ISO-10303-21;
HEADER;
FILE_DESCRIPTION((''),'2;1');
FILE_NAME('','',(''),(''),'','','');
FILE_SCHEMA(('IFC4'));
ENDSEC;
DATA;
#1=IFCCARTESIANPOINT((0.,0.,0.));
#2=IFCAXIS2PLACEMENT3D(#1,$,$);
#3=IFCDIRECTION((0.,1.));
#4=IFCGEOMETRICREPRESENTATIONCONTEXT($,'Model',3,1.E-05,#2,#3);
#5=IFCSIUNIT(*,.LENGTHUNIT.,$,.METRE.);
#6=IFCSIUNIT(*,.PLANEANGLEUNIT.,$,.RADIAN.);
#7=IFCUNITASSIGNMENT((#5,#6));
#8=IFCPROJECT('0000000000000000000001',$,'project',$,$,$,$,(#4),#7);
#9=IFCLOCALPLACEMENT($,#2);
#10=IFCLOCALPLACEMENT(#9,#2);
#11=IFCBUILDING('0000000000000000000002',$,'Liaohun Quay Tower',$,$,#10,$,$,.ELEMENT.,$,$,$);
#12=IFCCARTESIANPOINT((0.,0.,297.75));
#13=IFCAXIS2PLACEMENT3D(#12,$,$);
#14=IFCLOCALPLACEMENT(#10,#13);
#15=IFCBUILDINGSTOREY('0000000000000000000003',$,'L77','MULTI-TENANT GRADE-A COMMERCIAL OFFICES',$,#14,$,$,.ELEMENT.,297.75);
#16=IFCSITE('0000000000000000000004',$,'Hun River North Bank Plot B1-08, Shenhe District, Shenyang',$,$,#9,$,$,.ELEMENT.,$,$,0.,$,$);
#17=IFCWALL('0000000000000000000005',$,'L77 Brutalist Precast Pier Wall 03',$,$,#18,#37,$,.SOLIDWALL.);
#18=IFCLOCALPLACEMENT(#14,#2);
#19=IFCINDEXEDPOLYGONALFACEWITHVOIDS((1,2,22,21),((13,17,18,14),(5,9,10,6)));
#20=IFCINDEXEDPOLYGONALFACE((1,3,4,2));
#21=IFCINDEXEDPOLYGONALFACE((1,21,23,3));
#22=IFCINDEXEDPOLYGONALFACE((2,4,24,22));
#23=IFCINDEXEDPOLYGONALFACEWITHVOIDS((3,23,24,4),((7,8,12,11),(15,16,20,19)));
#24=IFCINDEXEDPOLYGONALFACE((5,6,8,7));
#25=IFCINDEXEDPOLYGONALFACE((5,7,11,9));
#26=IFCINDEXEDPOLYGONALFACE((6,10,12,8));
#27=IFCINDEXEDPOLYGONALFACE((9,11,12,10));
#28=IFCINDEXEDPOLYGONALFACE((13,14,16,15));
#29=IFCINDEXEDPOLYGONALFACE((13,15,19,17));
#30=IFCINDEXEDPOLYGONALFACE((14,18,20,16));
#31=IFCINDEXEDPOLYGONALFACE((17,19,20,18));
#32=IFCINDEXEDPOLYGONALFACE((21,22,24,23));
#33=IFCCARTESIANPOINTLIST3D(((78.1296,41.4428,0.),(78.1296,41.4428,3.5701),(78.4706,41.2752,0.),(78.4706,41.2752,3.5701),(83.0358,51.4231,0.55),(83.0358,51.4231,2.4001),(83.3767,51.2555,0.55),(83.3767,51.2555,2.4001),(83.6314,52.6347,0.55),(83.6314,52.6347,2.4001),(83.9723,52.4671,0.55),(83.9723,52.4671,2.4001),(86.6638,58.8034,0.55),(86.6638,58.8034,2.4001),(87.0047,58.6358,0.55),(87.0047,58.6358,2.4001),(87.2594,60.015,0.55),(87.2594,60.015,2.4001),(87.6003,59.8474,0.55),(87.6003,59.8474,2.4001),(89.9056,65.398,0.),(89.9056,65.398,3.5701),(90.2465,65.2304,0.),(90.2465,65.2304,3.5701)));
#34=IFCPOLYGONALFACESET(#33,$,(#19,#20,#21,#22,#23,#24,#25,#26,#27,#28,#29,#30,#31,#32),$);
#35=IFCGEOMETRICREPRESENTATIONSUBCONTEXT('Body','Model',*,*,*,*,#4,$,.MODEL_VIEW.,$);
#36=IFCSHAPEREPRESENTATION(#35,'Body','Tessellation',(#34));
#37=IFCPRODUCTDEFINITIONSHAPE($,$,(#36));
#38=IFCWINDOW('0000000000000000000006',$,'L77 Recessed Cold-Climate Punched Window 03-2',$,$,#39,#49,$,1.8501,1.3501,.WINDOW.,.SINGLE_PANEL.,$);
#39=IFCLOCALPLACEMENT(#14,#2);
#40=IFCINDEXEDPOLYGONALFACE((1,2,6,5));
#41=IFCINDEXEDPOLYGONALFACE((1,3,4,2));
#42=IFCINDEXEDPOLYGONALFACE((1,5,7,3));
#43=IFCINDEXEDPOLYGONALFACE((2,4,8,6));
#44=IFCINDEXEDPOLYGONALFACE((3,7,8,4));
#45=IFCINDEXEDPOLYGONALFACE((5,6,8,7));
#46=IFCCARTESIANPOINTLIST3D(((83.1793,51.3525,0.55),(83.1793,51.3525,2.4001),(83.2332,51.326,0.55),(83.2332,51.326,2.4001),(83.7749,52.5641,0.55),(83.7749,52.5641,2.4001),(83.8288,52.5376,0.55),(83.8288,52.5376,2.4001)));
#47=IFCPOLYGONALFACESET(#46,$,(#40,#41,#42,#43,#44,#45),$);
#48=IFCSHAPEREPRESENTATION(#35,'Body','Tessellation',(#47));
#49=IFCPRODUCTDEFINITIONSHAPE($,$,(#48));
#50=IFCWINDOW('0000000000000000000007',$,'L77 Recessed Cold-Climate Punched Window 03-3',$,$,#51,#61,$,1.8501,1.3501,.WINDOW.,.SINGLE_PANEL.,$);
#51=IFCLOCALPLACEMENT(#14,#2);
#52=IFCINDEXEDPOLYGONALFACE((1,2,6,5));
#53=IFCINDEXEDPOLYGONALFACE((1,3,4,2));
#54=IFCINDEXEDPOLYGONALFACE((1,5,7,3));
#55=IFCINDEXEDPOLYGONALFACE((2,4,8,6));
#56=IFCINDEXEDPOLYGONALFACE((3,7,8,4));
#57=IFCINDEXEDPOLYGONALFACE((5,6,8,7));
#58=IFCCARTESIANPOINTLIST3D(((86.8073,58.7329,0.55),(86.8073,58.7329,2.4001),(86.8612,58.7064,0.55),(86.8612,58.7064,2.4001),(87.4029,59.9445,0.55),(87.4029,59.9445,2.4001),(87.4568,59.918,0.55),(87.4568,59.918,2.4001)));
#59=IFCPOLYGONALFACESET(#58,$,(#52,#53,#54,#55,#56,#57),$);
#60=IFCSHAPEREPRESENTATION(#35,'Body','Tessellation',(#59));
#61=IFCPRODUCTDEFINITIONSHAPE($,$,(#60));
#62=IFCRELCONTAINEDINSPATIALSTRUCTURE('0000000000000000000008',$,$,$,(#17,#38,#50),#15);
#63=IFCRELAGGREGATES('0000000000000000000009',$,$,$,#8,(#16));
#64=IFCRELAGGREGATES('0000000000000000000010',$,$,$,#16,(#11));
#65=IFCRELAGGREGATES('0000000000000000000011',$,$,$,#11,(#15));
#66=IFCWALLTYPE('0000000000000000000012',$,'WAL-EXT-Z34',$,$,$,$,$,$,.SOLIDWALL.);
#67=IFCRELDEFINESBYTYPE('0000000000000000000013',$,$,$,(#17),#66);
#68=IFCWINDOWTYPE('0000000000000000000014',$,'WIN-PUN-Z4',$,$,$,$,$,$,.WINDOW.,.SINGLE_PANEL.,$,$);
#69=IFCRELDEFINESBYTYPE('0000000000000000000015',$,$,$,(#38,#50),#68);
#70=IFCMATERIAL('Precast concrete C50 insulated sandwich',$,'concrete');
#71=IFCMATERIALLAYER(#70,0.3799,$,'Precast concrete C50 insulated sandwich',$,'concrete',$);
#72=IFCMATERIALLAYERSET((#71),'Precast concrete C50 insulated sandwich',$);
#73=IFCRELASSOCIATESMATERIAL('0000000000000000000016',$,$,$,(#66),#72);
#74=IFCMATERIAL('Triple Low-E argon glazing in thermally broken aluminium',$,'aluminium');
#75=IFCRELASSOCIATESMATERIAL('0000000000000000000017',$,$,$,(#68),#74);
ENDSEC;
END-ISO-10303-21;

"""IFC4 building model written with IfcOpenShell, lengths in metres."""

from ifc_helpers import new_model, si_unit, direction, frame, frame_2d, origin, place, context, subcontext, project, spatial, rectangle, extrude, source, transform, mapped, material, layer, layer_set, type_object, element, fill, save


model = new_model("IFC4")

# Units and contexts
model_context = context("Model", 3, precision=1e-05, world=origin(), true_north=direction((0.0, 1.0)))
body_context = subcontext(model_context, "Body", "Model", "MODEL_VIEW")
ifc_project = project(units=[si_unit("LENGTHUNIT", "METRE"), si_unit("PLANEANGLEUNIT", "RADIAN")], contexts=[model_context])

# Site, building, storey
site_placement = place(None, origin())
site = spatial("IfcSite", under=ifc_project, at=site_placement, Name="Hun River North Bank Plot B1-08, Shenhe District, Shenyang", CompositionType="ELEMENT", RefElevation=0.0)
building_placement = place(site_placement, origin())
building = spatial("IfcBuilding", under=site, at=building_placement, Name="Liaohun Quay Tower", CompositionType="ELEMENT")
storey_placement = place(building_placement, frame((0.0, 0.0, 297.75)))
storey = spatial("IfcBuildingStorey", under=building, at=storey_placement, Name="L77", Description="MULTI-TENANT GRADE-A COMMERCIAL OFFICES", CompositionType="ELEMENT", Elevation=297.75)

# Shared definitions
ifc_material_1 = material(Name="Precast concrete C50 insulated sandwich", Category="concrete")
ifc_layer_1 = layer(ifc_material_1, 0.3799, Name="Precast concrete C50 insulated sandwich", Category="concrete")
ifc_layer_set_1 = layer_set([ifc_layer_1], Name="Precast concrete C50 insulated sandwich")
wall_type_1 = type_object("IfcWallType", Name="WAL-EXT-Z34", PredefinedType="SOLIDWALL", material=ifc_layer_set_1)

# Wall, openings, windows
shared_shape_1 = source(origin(), body_context, "Body", "SweptSolid", [
    extrude(rectangle(XDim=1.3501, YDim=1.8501, at=frame_2d((0.675, 0.925))), frame((0.0, 0.2, 0.0), z_axis=(0.0, -1.0, 0.0), x_axis=(1.0, 0.0, 0.0)), (0.0, 0.0, 1.0), 0.3999),
])
ifc_material_2 = material(Name="Triple Low-E argon glazing in thermally broken aluminium", Category="aluminium")
window_type_1 = type_object("IfcWindowType", Name="WIN-PUN-Z4", PartitioningType="SINGLE_PANEL", PredefinedType="WINDOW", material=ifc_material_2)
shared_shape_2 = source(origin(), body_context, "Body", "SweptSolid", [
    extrude(rectangle(XDim=1.3501, YDim=1.8501, at=frame_2d((0.675, 0.925))), frame((0.0, 0.03, 0.0), z_axis=(0.0, -1.0, 0.0), x_axis=(1.0, 0.0, 0.0)), (0.0, 0.0, 1.0), 0.0601),
])
wall_1_placement = place(storey_placement, frame((78.3, 41.3589, 0.0), z_axis=(0.0, 0.0, 1.0), x_axis=(0.44116, 0.897429, 0.0)))
wall_1 = element("IfcWall", 1, at=wall_1_placement, inside=storey, type_object=wall_type_1, Name="L77 Brutalist Precast Pier Wall 03", PredefinedType="SOLIDWALL", context=body_context, shape_type="SweptSolid", body=[
    extrude(rectangle(XDim=26.6931, YDim=0.3799, at=frame_2d((13.3467, 0.0))), origin(), (0.0, 0.0, 1.0), 3.5701),
])
opening_1_placement = place(wall_1_placement, frame((11.1211, 0.0, 0.55)))
opening_1 = element("IfcOpeningElement", 2, at=opening_1_placement, cuts=wall_1, PredefinedType="OPENING", context=body_context, shape_type="MappedRepresentation", body=[
    mapped(shared_shape_1, transform((0.0, 0.0, 0.0), x_axis=(1.0, 0.0, 0.0), y_axis=(0.0, 1.0, 0.0), z_axis=(0.0, 0.0, 1.0), scale=1.0)),
])
opening_2_placement = place(wall_1_placement, frame((19.345, 0.0, 0.55)))
opening_2 = element("IfcOpeningElement", 3, at=opening_2_placement, cuts=wall_1, PredefinedType="OPENING", context=body_context, shape_type="MappedRepresentation", body=[
    mapped(shared_shape_1, transform((0.0, 0.0, 0.0), x_axis=(1.0, 0.0, 0.0), y_axis=(0.0, 1.0, 0.0), z_axis=(0.0, 0.0, 1.0), scale=1.0)),
])
window_1_placement = place(opening_1_placement, origin())
window_1 = element("IfcWindow", 4, at=window_1_placement, inside=storey, type_object=window_type_1, Name="L77 Recessed Cold-Climate Punched Window 03-2", OverallHeight=1.8501, OverallWidth=1.3501, PartitioningType="SINGLE_PANEL", PredefinedType="WINDOW", context=body_context, shape_type="MappedRepresentation", body=[
    mapped(shared_shape_2, transform((0.0, 0.0, 0.0), x_axis=(1.0, 0.0, 0.0), y_axis=(0.0, 1.0, 0.0), z_axis=(0.0, 0.0, 1.0), scale=1.0)),
])
fill(opening_1, window_1)
window_2_placement = place(opening_2_placement, origin())
window_2 = element("IfcWindow", 5, at=window_2_placement, inside=storey, type_object=window_type_1, Name="L77 Recessed Cold-Climate Punched Window 03-3", OverallHeight=1.8501, OverallWidth=1.3501, PartitioningType="SINGLE_PANEL", PredefinedType="WINDOW", context=body_context, shape_type="MappedRepresentation", body=[
    mapped(shared_shape_2, transform((0.0, 0.0, 0.0), x_axis=(1.0, 0.0, 0.0), y_axis=(0.0, 1.0, 0.0), z_axis=(0.0, 0.0, 1.0), scale=1.0)),
])
fill(opening_2, window_2)

save(model, "model.ifc")
